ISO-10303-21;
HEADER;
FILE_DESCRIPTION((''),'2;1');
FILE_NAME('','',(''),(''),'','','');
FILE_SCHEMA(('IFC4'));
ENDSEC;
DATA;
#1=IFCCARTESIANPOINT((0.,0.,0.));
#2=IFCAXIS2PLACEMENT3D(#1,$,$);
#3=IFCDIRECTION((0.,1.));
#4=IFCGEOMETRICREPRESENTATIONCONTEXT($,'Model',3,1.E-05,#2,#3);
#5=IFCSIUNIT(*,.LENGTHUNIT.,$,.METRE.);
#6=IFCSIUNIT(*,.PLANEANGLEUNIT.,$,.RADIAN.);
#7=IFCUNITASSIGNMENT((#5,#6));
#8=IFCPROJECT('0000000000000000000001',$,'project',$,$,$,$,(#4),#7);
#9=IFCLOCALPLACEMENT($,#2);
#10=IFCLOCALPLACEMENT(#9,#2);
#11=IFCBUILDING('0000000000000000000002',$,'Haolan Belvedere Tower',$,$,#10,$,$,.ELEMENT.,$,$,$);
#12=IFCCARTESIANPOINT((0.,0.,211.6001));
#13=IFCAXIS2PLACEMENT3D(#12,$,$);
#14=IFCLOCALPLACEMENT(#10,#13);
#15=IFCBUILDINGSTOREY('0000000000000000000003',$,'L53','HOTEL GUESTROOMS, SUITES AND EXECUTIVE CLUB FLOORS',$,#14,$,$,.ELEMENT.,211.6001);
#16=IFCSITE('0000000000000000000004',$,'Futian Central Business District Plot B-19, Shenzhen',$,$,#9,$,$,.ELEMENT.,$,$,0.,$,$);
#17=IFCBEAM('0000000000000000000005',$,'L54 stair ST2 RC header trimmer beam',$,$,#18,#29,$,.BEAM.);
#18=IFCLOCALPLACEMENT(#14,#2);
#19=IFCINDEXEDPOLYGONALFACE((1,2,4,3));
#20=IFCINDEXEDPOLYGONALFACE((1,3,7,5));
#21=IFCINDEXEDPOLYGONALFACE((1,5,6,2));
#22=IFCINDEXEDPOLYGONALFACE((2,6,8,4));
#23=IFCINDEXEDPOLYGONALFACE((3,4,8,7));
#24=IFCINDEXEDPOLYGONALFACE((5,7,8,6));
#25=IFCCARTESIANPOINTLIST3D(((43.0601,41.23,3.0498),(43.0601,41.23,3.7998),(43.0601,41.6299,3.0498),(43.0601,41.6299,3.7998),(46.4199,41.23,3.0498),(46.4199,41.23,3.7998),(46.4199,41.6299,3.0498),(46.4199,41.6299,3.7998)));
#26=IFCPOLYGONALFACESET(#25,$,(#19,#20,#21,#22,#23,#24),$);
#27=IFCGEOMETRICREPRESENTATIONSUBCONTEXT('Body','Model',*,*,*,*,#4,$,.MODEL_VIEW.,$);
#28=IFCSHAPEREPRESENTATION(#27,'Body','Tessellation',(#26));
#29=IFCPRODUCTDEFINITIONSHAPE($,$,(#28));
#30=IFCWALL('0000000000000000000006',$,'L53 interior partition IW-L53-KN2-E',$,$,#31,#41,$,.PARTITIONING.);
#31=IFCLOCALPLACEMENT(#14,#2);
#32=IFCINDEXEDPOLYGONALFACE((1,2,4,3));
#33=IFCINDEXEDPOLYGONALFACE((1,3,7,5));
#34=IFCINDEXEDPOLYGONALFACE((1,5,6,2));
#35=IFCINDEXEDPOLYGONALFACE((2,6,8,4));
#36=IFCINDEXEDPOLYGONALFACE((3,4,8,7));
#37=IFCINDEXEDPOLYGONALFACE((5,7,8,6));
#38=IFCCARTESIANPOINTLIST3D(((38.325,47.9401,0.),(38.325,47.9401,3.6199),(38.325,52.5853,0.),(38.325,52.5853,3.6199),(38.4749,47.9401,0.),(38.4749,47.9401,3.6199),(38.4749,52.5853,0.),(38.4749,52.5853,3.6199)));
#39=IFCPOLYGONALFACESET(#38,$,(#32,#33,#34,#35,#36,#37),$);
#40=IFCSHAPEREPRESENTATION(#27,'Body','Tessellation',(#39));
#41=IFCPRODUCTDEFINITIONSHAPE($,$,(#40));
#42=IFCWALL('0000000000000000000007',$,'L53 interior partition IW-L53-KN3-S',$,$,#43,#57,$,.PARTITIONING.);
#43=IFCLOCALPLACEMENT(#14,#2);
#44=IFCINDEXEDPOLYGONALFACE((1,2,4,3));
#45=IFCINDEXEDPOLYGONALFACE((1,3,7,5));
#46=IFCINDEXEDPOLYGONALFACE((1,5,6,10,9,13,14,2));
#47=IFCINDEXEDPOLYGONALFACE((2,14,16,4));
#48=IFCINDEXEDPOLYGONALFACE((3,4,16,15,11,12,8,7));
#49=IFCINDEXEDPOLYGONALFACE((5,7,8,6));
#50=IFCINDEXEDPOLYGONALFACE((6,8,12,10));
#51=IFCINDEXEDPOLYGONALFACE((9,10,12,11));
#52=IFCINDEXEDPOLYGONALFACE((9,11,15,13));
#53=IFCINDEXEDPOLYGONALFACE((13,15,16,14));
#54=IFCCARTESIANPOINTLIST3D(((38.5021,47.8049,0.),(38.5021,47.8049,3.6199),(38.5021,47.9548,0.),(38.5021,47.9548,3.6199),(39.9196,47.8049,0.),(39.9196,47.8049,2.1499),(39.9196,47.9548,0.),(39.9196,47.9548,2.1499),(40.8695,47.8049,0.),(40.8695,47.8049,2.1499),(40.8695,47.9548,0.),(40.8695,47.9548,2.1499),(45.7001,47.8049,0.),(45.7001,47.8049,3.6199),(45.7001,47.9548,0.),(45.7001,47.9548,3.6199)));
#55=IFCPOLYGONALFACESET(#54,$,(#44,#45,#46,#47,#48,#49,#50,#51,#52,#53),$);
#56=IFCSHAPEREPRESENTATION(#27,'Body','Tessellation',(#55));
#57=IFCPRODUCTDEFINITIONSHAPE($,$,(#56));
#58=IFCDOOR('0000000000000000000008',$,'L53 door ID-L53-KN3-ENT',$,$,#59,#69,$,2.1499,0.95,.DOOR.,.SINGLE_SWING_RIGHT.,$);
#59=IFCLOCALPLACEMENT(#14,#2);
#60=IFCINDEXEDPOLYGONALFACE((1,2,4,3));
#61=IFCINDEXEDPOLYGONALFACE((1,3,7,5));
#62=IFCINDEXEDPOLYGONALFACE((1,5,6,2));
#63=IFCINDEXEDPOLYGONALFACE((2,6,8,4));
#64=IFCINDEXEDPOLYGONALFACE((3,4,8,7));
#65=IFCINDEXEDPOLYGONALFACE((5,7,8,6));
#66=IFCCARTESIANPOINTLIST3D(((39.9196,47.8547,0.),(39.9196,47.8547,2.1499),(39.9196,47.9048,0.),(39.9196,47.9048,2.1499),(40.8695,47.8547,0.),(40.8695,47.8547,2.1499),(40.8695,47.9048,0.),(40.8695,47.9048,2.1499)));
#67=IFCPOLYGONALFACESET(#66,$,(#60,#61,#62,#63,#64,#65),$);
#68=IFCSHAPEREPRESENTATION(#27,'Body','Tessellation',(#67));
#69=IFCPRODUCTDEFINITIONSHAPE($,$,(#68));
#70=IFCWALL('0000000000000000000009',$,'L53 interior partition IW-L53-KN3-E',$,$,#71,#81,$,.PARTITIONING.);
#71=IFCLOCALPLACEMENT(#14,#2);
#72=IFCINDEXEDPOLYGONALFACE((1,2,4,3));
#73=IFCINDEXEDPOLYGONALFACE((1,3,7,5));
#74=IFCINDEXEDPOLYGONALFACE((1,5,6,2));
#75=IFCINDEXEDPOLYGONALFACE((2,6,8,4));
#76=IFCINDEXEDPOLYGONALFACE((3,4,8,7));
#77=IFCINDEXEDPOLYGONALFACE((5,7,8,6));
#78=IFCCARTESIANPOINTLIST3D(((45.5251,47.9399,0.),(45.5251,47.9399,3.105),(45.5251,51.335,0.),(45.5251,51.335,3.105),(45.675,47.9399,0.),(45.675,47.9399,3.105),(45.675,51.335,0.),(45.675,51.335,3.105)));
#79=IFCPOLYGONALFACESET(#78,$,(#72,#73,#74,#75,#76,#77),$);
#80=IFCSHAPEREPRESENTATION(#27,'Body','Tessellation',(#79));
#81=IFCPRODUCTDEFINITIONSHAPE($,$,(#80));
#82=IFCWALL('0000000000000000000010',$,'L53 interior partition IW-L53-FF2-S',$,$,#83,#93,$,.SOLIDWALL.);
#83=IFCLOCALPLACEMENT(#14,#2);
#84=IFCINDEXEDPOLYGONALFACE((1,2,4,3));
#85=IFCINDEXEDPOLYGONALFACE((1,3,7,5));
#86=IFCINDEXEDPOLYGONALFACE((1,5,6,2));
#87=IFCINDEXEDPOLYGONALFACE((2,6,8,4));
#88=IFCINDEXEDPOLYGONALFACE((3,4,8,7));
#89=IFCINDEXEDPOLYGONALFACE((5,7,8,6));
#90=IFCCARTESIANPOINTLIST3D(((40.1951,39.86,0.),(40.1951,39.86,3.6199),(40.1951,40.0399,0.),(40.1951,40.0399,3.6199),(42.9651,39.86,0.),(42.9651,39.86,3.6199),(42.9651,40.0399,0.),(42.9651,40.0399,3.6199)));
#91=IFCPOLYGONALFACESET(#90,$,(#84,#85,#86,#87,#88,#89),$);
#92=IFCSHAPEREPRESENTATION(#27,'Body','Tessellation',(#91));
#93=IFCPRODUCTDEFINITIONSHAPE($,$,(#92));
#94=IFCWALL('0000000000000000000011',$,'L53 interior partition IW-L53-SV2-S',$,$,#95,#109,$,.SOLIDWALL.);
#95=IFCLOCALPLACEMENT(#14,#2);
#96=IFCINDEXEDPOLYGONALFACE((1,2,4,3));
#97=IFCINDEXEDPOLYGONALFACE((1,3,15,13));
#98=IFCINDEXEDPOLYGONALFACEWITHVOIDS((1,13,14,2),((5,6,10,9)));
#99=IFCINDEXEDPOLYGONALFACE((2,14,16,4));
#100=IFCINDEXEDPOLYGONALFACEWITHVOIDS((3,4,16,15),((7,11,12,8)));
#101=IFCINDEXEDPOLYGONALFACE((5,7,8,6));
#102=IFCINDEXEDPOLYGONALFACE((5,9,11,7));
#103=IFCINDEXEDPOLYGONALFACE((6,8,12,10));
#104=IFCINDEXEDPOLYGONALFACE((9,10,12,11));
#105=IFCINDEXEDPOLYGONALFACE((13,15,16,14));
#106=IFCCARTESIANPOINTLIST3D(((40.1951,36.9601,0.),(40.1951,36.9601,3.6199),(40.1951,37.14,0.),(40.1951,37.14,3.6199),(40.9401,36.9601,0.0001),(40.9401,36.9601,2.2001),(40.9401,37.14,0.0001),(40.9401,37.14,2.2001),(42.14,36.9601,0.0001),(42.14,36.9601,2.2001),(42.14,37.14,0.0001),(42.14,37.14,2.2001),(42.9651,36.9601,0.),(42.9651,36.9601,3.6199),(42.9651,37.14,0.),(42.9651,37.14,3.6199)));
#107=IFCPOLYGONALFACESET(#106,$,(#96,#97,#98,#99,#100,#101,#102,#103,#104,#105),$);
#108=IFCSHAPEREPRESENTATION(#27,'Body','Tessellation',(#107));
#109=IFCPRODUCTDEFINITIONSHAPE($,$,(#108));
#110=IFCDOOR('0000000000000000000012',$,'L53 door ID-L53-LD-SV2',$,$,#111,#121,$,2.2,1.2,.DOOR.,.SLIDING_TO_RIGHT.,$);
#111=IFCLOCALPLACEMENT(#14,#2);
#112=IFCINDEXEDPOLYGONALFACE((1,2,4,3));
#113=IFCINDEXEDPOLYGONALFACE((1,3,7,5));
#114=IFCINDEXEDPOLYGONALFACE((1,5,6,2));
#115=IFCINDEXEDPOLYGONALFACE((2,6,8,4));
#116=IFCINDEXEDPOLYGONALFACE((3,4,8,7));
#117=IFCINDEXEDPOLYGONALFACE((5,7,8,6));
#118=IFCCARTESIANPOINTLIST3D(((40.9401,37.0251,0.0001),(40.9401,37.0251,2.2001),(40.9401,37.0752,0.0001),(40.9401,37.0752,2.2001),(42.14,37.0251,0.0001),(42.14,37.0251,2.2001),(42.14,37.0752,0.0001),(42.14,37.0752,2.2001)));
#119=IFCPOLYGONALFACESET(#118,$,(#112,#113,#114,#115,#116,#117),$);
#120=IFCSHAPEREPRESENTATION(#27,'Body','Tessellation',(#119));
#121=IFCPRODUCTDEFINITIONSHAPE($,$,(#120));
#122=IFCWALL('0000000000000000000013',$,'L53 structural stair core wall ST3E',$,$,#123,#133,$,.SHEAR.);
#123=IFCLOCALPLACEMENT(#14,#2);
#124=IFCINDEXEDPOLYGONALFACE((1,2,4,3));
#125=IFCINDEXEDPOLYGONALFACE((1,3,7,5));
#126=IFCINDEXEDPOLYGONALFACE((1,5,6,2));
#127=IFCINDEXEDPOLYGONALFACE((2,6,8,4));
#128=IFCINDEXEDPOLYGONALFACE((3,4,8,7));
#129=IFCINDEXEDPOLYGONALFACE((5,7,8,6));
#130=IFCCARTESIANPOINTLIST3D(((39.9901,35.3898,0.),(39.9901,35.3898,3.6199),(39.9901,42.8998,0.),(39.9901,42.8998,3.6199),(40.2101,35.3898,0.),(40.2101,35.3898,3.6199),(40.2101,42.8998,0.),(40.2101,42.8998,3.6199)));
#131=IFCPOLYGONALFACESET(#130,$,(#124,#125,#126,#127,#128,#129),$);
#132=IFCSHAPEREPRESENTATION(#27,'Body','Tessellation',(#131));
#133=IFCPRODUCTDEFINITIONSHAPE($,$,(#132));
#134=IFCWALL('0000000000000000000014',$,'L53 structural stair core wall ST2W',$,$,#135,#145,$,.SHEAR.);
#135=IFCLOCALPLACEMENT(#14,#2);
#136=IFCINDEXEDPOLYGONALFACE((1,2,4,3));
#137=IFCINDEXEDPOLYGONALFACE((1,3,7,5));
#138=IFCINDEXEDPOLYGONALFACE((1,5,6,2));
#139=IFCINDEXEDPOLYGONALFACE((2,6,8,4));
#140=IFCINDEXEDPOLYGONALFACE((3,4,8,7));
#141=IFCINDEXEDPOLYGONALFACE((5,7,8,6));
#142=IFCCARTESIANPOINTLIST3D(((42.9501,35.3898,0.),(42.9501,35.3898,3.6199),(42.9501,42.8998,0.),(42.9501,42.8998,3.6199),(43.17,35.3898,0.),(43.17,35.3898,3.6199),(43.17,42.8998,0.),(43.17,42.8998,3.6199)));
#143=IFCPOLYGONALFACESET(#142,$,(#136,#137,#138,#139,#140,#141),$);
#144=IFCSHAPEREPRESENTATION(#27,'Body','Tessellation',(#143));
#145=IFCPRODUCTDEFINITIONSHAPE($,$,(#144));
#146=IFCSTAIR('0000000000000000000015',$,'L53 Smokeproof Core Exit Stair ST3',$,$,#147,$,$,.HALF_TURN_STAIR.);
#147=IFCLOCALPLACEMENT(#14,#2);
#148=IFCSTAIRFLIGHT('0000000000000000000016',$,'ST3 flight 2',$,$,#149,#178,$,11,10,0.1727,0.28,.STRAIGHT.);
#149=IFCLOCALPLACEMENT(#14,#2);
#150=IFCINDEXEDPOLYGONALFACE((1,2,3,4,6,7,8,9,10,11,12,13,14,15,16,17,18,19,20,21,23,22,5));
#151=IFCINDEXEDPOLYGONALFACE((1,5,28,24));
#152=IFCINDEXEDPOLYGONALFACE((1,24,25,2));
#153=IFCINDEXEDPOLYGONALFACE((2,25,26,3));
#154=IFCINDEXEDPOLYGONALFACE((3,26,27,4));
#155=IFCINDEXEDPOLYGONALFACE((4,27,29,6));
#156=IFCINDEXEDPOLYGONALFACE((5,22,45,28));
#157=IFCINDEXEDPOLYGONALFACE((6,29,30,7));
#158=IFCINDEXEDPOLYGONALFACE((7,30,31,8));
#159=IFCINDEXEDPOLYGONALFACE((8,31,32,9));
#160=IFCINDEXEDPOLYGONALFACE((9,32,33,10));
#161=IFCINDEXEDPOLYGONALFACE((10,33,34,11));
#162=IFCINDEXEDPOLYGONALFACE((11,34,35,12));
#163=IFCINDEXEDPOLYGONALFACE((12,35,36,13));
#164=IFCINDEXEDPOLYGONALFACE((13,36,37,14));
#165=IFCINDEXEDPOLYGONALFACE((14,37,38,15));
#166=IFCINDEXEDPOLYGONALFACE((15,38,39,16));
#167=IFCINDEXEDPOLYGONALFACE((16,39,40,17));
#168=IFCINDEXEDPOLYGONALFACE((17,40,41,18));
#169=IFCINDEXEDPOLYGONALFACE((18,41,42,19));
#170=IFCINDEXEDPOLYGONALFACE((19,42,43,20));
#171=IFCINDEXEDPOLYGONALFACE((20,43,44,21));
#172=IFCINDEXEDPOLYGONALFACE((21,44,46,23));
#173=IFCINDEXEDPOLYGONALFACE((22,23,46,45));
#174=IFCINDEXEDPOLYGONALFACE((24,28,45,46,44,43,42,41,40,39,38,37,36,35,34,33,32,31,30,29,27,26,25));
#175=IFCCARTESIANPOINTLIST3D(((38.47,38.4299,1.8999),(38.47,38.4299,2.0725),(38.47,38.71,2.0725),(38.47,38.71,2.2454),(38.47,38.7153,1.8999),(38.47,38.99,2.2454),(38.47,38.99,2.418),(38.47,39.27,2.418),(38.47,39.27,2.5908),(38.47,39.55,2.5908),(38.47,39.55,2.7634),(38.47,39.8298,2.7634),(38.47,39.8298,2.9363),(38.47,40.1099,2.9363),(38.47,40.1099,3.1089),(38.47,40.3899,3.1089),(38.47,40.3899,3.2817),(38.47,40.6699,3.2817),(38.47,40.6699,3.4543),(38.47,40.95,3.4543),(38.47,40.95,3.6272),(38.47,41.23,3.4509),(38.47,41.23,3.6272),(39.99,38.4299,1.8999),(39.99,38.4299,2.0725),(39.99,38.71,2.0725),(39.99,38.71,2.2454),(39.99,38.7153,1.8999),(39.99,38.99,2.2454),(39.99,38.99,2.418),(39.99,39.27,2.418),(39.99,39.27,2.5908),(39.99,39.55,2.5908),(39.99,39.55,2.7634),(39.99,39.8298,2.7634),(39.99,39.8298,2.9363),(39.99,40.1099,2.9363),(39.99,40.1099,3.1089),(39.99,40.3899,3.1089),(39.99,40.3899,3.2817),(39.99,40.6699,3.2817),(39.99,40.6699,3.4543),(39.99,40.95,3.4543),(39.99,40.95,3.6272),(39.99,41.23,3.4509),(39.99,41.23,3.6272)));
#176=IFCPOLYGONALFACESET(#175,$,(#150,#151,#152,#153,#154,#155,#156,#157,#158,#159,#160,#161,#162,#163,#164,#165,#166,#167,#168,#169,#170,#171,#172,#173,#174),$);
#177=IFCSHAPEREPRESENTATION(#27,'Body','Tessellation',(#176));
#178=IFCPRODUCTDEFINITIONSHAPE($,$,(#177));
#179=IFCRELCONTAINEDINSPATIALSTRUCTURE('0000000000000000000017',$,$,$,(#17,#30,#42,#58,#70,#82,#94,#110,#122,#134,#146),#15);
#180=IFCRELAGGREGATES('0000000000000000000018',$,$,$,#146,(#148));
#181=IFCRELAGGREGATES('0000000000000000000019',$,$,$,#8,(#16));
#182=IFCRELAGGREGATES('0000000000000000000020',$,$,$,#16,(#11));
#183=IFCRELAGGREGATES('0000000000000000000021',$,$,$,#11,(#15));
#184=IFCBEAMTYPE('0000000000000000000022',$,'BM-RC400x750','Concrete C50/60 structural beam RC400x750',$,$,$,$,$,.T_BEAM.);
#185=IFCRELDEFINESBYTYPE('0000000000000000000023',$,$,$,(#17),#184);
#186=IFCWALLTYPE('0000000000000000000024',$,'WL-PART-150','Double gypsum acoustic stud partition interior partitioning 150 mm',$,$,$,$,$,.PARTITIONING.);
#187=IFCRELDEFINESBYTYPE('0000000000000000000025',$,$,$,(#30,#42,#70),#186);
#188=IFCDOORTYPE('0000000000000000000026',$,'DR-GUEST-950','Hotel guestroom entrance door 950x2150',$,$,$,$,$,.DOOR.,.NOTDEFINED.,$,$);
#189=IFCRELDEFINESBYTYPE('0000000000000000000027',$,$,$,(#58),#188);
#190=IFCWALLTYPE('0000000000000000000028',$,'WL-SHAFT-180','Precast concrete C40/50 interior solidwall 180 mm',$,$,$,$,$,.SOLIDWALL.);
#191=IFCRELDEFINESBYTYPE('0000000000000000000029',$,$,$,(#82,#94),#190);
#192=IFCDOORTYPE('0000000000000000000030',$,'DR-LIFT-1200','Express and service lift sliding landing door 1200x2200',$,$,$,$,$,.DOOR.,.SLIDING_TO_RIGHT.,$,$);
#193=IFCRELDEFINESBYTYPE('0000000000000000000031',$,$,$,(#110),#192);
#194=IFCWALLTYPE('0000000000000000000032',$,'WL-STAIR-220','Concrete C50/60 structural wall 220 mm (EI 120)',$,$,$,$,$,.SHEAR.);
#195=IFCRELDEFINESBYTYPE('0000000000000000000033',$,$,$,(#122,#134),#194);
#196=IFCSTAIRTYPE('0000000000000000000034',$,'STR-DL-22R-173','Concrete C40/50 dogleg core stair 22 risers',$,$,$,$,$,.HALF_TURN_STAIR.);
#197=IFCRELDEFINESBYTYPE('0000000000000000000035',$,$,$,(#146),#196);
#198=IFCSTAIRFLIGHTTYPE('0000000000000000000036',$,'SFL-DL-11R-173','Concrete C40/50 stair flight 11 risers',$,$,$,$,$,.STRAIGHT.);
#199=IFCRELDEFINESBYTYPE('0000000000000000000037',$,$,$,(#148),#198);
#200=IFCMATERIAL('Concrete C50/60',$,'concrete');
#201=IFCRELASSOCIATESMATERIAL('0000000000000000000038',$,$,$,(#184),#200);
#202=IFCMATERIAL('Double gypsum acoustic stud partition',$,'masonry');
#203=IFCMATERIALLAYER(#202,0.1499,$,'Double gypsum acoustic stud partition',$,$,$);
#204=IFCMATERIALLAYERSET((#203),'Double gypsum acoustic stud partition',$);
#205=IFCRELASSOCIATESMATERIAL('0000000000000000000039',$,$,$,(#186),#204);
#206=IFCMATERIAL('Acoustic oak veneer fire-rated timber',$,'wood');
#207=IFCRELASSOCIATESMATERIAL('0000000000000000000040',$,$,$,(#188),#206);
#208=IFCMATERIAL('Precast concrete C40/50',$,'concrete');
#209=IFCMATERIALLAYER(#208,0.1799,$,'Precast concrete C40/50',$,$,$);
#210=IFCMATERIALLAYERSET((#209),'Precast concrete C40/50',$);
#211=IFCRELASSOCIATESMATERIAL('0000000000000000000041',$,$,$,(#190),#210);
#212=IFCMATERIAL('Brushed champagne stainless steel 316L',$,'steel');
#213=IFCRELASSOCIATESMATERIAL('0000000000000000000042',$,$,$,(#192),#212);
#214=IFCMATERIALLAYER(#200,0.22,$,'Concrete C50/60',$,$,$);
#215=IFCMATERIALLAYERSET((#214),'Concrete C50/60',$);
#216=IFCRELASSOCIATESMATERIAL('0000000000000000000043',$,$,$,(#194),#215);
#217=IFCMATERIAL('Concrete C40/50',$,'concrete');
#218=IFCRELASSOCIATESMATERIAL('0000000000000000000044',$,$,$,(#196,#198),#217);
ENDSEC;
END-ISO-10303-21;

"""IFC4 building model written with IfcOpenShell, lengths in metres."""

from ifc_helpers import new_model, si_unit, direction, frame, frame_2d, origin, origin_2d, place, context, subcontext, project, spatial, polyline, rectangle, outline, extrude, material, layer, layer_set, material_profile, profile_set, type_object, element, fill, aggregate, save


model = new_model("IFC4")

# Units and contexts
model_context = context("Model", 3, precision=1e-05, world=origin(), true_north=direction((0.0, 1.0)))
body_context = subcontext(model_context, "Body", "Model", "MODEL_VIEW")
ifc_project = project(units=[si_unit("LENGTHUNIT", "METRE"), si_unit("PLANEANGLEUNIT", "RADIAN")], contexts=[model_context])

# Site, building, storey
site_placement = place(None, origin())
site = spatial("IfcSite", under=ifc_project, at=site_placement, Name="Futian Central Business District Plot B-19, Shenzhen", CompositionType="ELEMENT", RefElevation=0.0)
building_placement = place(site_placement, origin())
building = spatial("IfcBuilding", under=site, at=building_placement, Name="Haolan Belvedere Tower", CompositionType="ELEMENT")
storey_placement = place(building_placement, frame((0.0, 0.0, 211.6001)))
storey = spatial("IfcBuildingStorey", under=building, at=storey_placement, Name="L53", Description="HOTEL GUESTROOMS, SUITES AND EXECUTIVE CLUB FLOORS", CompositionType="ELEMENT", Elevation=211.6001)

# Beam
ifc_material_1 = material(Name="Concrete C50/60", Category="concrete")
ifc_material_profile = material_profile(ifc_material_1, rectangle(XDim=0.3999, YDim=0.75, at=origin_2d()), Name="Concrete C50/60")
ifc_profile_set = profile_set([ifc_material_profile], Name="Concrete C50/60")
beam_type = type_object("IfcBeamType", Name="BM-RC400x750", Description="Concrete C50/60 structural beam RC400x750", PredefinedType="T_BEAM", material=ifc_profile_set)
beam_placement = place(storey_placement, frame((43.0601, 41.4299, 3.4248), z_axis=(1.0, 0.0, 0.0), x_axis=(0.0, 1.0, 0.0)))
element("IfcBeam", 1, at=beam_placement, inside=storey, type_object=beam_type, Name="L54 stair ST2 RC header trimmer beam", PredefinedType="BEAM", context=body_context, shape_type="SweptSolid", body=[
    extrude(rectangle(XDim=0.3999, YDim=0.75, at=origin_2d()), origin(), (0.0, 0.0, 1.0), 3.3599),
])

# Shared definitions
ifc_material_2 = material(Name="Concrete C40/50", Category="concrete")

# Wall
ifc_material_3 = material(Name="Double gypsum acoustic stud partition", Category="masonry")
ifc_layer_1 = layer(ifc_material_3, 0.1499, Name="Double gypsum acoustic stud partition")
ifc_layer_set_1 = layer_set([ifc_layer_1], Name="Double gypsum acoustic stud partition")
wall_type_1 = type_object("IfcWallType", Name="WL-PART-150", Description="Double gypsum acoustic stud partition interior partitioning 150 mm", PredefinedType="PARTITIONING", material=ifc_layer_set_1)
wall_1_placement = place(storey_placement, frame((38.3999, 47.9399, 0.0), z_axis=(0.0, 0.0, 1.0), x_axis=(0.0, 1.0, 0.0)))
element("IfcWall", 2, at=wall_1_placement, inside=storey, type_object=wall_type_1, Name="L53 interior partition IW-L53-KN2-E", PredefinedType="PARTITIONING", context=body_context, shape_type="SweptSolid", body=[
    extrude(rectangle(XDim=4.6453, YDim=0.1499, at=frame_2d((2.3228, 0.0))), origin(), (0.0, 0.0, 1.0), 3.6199),
])

# Wall, opening, door
wall_2_placement = place(storey_placement, frame((38.502, 47.8799, 0.0), z_axis=(0.0, 0.0, 1.0), x_axis=(1.0, 0.0, 0.0)))
wall_2 = element("IfcWall", 3, at=wall_2_placement, inside=storey, type_object=wall_type_1, Name="L53 interior partition IW-L53-KN3-S", PredefinedType="PARTITIONING", context=body_context, shape_type="SweptSolid", body=[
    extrude(rectangle(XDim=7.198, YDim=0.1499, at=frame_2d((3.5991, 0.0))), origin(), (0.0, 0.0, 1.0), 3.6199),
])
opening_1_placement = place(wall_2_placement, frame((1.4175, 0.0, 0.0)))
opening_1 = element("IfcOpeningElement", 4, at=opening_1_placement, cuts=wall_2, PredefinedType="OPENING", context=body_context, shape_type="SweptSolid", body=[
    extrude(rectangle(XDim=0.95, YDim=2.1499, at=frame_2d((0.4751, 1.075))), frame((0.0, 0.085, 0.0), z_axis=(0.0, -1.0, 0.0), x_axis=(1.0, 0.0, 0.0)), (0.0, 0.0, 1.0), 0.1699),
])
ifc_material_4 = material(Name="Acoustic oak veneer fire-rated timber", Category="wood")
door_type_1 = type_object("IfcDoorType", Name="DR-GUEST-950", Description="Hotel guestroom entrance door 950x2150", OperationType="NOTDEFINED", PredefinedType="DOOR", material=ifc_material_4)
door_1_placement = place(opening_1_placement, origin())
door_1 = element("IfcDoor", 5, at=door_1_placement, inside=storey, type_object=door_type_1, Name="L53 door ID-L53-KN3-ENT", OperationType="SINGLE_SWING_RIGHT", OverallHeight=2.1499, OverallWidth=0.95, PredefinedType="DOOR", context=body_context, shape_type="SweptSolid", body=[
    extrude(rectangle(XDim=0.95, YDim=2.1499, at=frame_2d((0.4751, 1.075))), frame((0.0, 0.0249, 0.0), z_axis=(0.0, -1.0, 0.0), x_axis=(1.0, 0.0, 0.0)), (0.0, 0.0, 1.0), 0.05),
])
fill(opening_1, door_1)

# Walls
wall_3_placement = place(storey_placement, frame((45.6001, 47.9399, 0.0), z_axis=(0.0, 0.0, 1.0), x_axis=(0.0, 1.0, 0.0)))
element("IfcWall", 6, at=wall_3_placement, inside=storey, type_object=wall_type_1, Name="L53 interior partition IW-L53-KN3-E", PredefinedType="PARTITIONING", context=body_context, shape_type="SweptSolid", body=[
    extrude(rectangle(XDim=3.395, YDim=0.1499, at=frame_2d((1.6975, 0.0))), origin(), (0.0, 0.0, 1.0), 3.105),
])
ifc_material_5 = material(Name="Precast concrete C40/50", Category="concrete")
ifc_layer_2 = layer(ifc_material_5, 0.1799, Name="Precast concrete C40/50")
ifc_layer_set_2 = layer_set([ifc_layer_2], Name="Precast concrete C40/50")
wall_type_2 = type_object("IfcWallType", Name="WL-SHAFT-180", Description="Precast concrete C40/50 interior solidwall 180 mm", PredefinedType="SOLIDWALL", material=ifc_layer_set_2)
wall_4_placement = place(storey_placement, frame((40.1951, 39.95, 0.0), z_axis=(0.0, 0.0, 1.0), x_axis=(1.0, 0.0, 0.0)))
element("IfcWall", 7, at=wall_4_placement, inside=storey, type_object=wall_type_2, Name="L53 interior partition IW-L53-FF2-S", PredefinedType="SOLIDWALL", context=body_context, shape_type="SweptSolid", body=[
    extrude(rectangle(XDim=2.77, YDim=0.1799, at=frame_2d((1.385, 0.0))), origin(), (0.0, 0.0, 1.0), 3.6199),
])

# Wall, opening, door
wall_5_placement = place(storey_placement, frame((40.1951, 37.05, 0.0), z_axis=(0.0, 0.0, 1.0), x_axis=(1.0, 0.0, 0.0)))
wall_5 = element("IfcWall", 8, at=wall_5_placement, inside=storey, type_object=wall_type_2, Name="L53 interior partition IW-L53-SV2-S", PredefinedType="SOLIDWALL", context=body_context, shape_type="SweptSolid", body=[
    extrude(rectangle(XDim=2.77, YDim=0.1799, at=frame_2d((1.385, 0.0))), origin(), (0.0, 0.0, 1.0), 3.6199),
])
opening_2_placement = place(wall_5_placement, frame((1.9451, 0.0, 0.0), z_axis=(0.0, 0.0, 1.0), x_axis=(-1.0, 0.0, 0.0)))
opening_2 = element("IfcOpeningElement", 9, at=opening_2_placement, cuts=wall_5, PredefinedType="OPENING", context=body_context, shape_type="SweptSolid", body=[
    extrude(rectangle(XDim=1.2, YDim=2.2, at=frame_2d((0.6001, 1.1001))), frame((0.0, 0.0999, 0.0), z_axis=(0.0, -1.0, 0.0), x_axis=(1.0, 0.0, 0.0)), (0.0, 0.0, 1.0), 0.2),
])
ifc_material_6 = material(Name="Brushed champagne stainless steel 316L", Category="steel")
door_type_2 = type_object("IfcDoorType", Name="DR-LIFT-1200", Description="Express and service lift sliding landing door 1200x2200", OperationType="SLIDING_TO_RIGHT", PredefinedType="DOOR", material=ifc_material_6)
door_2_placement = place(opening_2_placement, origin())
door_2 = element("IfcDoor", 10, at=door_2_placement, inside=storey, type_object=door_type_2, Name="L53 door ID-L53-LD-SV2", OperationType="SLIDING_TO_RIGHT", OverallHeight=2.2, OverallWidth=1.2, PredefinedType="DOOR", context=body_context, shape_type="SweptSolid", body=[
    extrude(rectangle(XDim=1.2, YDim=2.2, at=frame_2d((0.6001, 1.1001))), frame((0.0, 0.0249, 0.0), z_axis=(0.0, -1.0, 0.0), x_axis=(1.0, 0.0, 0.0)), (0.0, 0.0, 1.0), 0.05),
])
fill(opening_2, door_2)

# Walls
ifc_layer_3 = layer(ifc_material_1, 0.22, Name="Concrete C50/60")
ifc_layer_set_3 = layer_set([ifc_layer_3], Name="Concrete C50/60")
wall_type_3 = type_object("IfcWallType", Name="WL-STAIR-220", Description="Concrete C50/60 structural wall 220 mm (EI 120)", PredefinedType="SHEAR", material=ifc_layer_set_3)
for number, where, z_axis, x_axis, name in (
    (11, (40.1001, 35.3899, 0.0), (0.0, 0.0, 1.0), (0.0, 1.0, 0.0), "L53 structural stair core wall ST3E"),
    (12, (43.0601, 35.3899, 0.0), (0.0, 0.0, 1.0), (0.0, 1.0, 0.0), "L53 structural stair core wall ST2W"),
):
    element("IfcWall", number, at=place(storey_placement, frame(where, z_axis=z_axis, x_axis=x_axis)), inside=storey, type_object=wall_type_3, Name=name, PredefinedType="SHEAR", context=body_context, shape_type="SweptSolid", body=[
        extrude(rectangle(XDim=7.51, YDim=0.22, at=frame_2d((3.7549, 0.0))), origin(), (0.0, 0.0, 1.0), 3.6199),
    ])

# Stair, stair flight
stair_type = type_object("IfcStairType", Name="STR-DL-22R-173", Description="Concrete C40/50 dogleg core stair 22 risers", PredefinedType="HALF_TURN_STAIR", material=ifc_material_2)
stair_1_placement = place(storey_placement, origin())
stair_1 = element("IfcStair", 13, at=stair_1_placement, inside=storey, type_object=stair_type, Name="L53 Smokeproof Core Exit Stair ST3", PredefinedType="HALF_TURN_STAIR")
stair_flight_type = type_object("IfcStairFlightType", Name="SFL-DL-11R-173", Description="Concrete C40/50 stair flight 11 risers", PredefinedType="STRAIGHT", material=ifc_material_2)
stair_flight_1_placement = place(storey_placement, frame((39.23, 38.4299, 1.8999), z_axis=(0.0, 0.0, 1.0), x_axis=(0.0, 1.0, 0.0)))
stair_flight_1 = element("IfcStairFlight", 14, at=stair_flight_1_placement, type_object=stair_flight_type, Name="ST3 flight 2", NumberOfRisers=11, NumberOfTreads=10, PredefinedType="STRAIGHT", RiserHeight=0.1727, TreadLength=0.28, context=body_context, shape_type="SweptSolid", body=[
    extrude(outline(polyline([(0.0, 0.0), (0.0, 0.1726), (0.28, 0.1726), (0.28, 0.3455), (0.5601, 0.3455), (0.5601, 0.5181), (0.8401, 0.5181), (0.8401, 0.6909), (1.1201, 0.6909), (1.1201, 0.8635), (1.3999, 0.8635), (1.3999, 1.0364), (1.6799, 1.0364), (1.6799, 1.209), (1.96, 1.209), (1.96, 1.3818), (2.24, 1.3818), (2.24, 1.5544), (2.52, 1.5544), (2.52, 1.7273), (2.8, 1.7273), (2.8, 1.8999), (2.8, 1.551), (0.2854, 0.0), (0.0, 0.0)])), frame((0.0, 0.76, 0.0), z_axis=(0.0, -1.0, 0.0), x_axis=(1.0, 0.0, 0.0)), (0.0, 0.0, 1.0), 1.52),
])
aggregate(stair_1, [stair_flight_1])

save(model, "model.ifc")
